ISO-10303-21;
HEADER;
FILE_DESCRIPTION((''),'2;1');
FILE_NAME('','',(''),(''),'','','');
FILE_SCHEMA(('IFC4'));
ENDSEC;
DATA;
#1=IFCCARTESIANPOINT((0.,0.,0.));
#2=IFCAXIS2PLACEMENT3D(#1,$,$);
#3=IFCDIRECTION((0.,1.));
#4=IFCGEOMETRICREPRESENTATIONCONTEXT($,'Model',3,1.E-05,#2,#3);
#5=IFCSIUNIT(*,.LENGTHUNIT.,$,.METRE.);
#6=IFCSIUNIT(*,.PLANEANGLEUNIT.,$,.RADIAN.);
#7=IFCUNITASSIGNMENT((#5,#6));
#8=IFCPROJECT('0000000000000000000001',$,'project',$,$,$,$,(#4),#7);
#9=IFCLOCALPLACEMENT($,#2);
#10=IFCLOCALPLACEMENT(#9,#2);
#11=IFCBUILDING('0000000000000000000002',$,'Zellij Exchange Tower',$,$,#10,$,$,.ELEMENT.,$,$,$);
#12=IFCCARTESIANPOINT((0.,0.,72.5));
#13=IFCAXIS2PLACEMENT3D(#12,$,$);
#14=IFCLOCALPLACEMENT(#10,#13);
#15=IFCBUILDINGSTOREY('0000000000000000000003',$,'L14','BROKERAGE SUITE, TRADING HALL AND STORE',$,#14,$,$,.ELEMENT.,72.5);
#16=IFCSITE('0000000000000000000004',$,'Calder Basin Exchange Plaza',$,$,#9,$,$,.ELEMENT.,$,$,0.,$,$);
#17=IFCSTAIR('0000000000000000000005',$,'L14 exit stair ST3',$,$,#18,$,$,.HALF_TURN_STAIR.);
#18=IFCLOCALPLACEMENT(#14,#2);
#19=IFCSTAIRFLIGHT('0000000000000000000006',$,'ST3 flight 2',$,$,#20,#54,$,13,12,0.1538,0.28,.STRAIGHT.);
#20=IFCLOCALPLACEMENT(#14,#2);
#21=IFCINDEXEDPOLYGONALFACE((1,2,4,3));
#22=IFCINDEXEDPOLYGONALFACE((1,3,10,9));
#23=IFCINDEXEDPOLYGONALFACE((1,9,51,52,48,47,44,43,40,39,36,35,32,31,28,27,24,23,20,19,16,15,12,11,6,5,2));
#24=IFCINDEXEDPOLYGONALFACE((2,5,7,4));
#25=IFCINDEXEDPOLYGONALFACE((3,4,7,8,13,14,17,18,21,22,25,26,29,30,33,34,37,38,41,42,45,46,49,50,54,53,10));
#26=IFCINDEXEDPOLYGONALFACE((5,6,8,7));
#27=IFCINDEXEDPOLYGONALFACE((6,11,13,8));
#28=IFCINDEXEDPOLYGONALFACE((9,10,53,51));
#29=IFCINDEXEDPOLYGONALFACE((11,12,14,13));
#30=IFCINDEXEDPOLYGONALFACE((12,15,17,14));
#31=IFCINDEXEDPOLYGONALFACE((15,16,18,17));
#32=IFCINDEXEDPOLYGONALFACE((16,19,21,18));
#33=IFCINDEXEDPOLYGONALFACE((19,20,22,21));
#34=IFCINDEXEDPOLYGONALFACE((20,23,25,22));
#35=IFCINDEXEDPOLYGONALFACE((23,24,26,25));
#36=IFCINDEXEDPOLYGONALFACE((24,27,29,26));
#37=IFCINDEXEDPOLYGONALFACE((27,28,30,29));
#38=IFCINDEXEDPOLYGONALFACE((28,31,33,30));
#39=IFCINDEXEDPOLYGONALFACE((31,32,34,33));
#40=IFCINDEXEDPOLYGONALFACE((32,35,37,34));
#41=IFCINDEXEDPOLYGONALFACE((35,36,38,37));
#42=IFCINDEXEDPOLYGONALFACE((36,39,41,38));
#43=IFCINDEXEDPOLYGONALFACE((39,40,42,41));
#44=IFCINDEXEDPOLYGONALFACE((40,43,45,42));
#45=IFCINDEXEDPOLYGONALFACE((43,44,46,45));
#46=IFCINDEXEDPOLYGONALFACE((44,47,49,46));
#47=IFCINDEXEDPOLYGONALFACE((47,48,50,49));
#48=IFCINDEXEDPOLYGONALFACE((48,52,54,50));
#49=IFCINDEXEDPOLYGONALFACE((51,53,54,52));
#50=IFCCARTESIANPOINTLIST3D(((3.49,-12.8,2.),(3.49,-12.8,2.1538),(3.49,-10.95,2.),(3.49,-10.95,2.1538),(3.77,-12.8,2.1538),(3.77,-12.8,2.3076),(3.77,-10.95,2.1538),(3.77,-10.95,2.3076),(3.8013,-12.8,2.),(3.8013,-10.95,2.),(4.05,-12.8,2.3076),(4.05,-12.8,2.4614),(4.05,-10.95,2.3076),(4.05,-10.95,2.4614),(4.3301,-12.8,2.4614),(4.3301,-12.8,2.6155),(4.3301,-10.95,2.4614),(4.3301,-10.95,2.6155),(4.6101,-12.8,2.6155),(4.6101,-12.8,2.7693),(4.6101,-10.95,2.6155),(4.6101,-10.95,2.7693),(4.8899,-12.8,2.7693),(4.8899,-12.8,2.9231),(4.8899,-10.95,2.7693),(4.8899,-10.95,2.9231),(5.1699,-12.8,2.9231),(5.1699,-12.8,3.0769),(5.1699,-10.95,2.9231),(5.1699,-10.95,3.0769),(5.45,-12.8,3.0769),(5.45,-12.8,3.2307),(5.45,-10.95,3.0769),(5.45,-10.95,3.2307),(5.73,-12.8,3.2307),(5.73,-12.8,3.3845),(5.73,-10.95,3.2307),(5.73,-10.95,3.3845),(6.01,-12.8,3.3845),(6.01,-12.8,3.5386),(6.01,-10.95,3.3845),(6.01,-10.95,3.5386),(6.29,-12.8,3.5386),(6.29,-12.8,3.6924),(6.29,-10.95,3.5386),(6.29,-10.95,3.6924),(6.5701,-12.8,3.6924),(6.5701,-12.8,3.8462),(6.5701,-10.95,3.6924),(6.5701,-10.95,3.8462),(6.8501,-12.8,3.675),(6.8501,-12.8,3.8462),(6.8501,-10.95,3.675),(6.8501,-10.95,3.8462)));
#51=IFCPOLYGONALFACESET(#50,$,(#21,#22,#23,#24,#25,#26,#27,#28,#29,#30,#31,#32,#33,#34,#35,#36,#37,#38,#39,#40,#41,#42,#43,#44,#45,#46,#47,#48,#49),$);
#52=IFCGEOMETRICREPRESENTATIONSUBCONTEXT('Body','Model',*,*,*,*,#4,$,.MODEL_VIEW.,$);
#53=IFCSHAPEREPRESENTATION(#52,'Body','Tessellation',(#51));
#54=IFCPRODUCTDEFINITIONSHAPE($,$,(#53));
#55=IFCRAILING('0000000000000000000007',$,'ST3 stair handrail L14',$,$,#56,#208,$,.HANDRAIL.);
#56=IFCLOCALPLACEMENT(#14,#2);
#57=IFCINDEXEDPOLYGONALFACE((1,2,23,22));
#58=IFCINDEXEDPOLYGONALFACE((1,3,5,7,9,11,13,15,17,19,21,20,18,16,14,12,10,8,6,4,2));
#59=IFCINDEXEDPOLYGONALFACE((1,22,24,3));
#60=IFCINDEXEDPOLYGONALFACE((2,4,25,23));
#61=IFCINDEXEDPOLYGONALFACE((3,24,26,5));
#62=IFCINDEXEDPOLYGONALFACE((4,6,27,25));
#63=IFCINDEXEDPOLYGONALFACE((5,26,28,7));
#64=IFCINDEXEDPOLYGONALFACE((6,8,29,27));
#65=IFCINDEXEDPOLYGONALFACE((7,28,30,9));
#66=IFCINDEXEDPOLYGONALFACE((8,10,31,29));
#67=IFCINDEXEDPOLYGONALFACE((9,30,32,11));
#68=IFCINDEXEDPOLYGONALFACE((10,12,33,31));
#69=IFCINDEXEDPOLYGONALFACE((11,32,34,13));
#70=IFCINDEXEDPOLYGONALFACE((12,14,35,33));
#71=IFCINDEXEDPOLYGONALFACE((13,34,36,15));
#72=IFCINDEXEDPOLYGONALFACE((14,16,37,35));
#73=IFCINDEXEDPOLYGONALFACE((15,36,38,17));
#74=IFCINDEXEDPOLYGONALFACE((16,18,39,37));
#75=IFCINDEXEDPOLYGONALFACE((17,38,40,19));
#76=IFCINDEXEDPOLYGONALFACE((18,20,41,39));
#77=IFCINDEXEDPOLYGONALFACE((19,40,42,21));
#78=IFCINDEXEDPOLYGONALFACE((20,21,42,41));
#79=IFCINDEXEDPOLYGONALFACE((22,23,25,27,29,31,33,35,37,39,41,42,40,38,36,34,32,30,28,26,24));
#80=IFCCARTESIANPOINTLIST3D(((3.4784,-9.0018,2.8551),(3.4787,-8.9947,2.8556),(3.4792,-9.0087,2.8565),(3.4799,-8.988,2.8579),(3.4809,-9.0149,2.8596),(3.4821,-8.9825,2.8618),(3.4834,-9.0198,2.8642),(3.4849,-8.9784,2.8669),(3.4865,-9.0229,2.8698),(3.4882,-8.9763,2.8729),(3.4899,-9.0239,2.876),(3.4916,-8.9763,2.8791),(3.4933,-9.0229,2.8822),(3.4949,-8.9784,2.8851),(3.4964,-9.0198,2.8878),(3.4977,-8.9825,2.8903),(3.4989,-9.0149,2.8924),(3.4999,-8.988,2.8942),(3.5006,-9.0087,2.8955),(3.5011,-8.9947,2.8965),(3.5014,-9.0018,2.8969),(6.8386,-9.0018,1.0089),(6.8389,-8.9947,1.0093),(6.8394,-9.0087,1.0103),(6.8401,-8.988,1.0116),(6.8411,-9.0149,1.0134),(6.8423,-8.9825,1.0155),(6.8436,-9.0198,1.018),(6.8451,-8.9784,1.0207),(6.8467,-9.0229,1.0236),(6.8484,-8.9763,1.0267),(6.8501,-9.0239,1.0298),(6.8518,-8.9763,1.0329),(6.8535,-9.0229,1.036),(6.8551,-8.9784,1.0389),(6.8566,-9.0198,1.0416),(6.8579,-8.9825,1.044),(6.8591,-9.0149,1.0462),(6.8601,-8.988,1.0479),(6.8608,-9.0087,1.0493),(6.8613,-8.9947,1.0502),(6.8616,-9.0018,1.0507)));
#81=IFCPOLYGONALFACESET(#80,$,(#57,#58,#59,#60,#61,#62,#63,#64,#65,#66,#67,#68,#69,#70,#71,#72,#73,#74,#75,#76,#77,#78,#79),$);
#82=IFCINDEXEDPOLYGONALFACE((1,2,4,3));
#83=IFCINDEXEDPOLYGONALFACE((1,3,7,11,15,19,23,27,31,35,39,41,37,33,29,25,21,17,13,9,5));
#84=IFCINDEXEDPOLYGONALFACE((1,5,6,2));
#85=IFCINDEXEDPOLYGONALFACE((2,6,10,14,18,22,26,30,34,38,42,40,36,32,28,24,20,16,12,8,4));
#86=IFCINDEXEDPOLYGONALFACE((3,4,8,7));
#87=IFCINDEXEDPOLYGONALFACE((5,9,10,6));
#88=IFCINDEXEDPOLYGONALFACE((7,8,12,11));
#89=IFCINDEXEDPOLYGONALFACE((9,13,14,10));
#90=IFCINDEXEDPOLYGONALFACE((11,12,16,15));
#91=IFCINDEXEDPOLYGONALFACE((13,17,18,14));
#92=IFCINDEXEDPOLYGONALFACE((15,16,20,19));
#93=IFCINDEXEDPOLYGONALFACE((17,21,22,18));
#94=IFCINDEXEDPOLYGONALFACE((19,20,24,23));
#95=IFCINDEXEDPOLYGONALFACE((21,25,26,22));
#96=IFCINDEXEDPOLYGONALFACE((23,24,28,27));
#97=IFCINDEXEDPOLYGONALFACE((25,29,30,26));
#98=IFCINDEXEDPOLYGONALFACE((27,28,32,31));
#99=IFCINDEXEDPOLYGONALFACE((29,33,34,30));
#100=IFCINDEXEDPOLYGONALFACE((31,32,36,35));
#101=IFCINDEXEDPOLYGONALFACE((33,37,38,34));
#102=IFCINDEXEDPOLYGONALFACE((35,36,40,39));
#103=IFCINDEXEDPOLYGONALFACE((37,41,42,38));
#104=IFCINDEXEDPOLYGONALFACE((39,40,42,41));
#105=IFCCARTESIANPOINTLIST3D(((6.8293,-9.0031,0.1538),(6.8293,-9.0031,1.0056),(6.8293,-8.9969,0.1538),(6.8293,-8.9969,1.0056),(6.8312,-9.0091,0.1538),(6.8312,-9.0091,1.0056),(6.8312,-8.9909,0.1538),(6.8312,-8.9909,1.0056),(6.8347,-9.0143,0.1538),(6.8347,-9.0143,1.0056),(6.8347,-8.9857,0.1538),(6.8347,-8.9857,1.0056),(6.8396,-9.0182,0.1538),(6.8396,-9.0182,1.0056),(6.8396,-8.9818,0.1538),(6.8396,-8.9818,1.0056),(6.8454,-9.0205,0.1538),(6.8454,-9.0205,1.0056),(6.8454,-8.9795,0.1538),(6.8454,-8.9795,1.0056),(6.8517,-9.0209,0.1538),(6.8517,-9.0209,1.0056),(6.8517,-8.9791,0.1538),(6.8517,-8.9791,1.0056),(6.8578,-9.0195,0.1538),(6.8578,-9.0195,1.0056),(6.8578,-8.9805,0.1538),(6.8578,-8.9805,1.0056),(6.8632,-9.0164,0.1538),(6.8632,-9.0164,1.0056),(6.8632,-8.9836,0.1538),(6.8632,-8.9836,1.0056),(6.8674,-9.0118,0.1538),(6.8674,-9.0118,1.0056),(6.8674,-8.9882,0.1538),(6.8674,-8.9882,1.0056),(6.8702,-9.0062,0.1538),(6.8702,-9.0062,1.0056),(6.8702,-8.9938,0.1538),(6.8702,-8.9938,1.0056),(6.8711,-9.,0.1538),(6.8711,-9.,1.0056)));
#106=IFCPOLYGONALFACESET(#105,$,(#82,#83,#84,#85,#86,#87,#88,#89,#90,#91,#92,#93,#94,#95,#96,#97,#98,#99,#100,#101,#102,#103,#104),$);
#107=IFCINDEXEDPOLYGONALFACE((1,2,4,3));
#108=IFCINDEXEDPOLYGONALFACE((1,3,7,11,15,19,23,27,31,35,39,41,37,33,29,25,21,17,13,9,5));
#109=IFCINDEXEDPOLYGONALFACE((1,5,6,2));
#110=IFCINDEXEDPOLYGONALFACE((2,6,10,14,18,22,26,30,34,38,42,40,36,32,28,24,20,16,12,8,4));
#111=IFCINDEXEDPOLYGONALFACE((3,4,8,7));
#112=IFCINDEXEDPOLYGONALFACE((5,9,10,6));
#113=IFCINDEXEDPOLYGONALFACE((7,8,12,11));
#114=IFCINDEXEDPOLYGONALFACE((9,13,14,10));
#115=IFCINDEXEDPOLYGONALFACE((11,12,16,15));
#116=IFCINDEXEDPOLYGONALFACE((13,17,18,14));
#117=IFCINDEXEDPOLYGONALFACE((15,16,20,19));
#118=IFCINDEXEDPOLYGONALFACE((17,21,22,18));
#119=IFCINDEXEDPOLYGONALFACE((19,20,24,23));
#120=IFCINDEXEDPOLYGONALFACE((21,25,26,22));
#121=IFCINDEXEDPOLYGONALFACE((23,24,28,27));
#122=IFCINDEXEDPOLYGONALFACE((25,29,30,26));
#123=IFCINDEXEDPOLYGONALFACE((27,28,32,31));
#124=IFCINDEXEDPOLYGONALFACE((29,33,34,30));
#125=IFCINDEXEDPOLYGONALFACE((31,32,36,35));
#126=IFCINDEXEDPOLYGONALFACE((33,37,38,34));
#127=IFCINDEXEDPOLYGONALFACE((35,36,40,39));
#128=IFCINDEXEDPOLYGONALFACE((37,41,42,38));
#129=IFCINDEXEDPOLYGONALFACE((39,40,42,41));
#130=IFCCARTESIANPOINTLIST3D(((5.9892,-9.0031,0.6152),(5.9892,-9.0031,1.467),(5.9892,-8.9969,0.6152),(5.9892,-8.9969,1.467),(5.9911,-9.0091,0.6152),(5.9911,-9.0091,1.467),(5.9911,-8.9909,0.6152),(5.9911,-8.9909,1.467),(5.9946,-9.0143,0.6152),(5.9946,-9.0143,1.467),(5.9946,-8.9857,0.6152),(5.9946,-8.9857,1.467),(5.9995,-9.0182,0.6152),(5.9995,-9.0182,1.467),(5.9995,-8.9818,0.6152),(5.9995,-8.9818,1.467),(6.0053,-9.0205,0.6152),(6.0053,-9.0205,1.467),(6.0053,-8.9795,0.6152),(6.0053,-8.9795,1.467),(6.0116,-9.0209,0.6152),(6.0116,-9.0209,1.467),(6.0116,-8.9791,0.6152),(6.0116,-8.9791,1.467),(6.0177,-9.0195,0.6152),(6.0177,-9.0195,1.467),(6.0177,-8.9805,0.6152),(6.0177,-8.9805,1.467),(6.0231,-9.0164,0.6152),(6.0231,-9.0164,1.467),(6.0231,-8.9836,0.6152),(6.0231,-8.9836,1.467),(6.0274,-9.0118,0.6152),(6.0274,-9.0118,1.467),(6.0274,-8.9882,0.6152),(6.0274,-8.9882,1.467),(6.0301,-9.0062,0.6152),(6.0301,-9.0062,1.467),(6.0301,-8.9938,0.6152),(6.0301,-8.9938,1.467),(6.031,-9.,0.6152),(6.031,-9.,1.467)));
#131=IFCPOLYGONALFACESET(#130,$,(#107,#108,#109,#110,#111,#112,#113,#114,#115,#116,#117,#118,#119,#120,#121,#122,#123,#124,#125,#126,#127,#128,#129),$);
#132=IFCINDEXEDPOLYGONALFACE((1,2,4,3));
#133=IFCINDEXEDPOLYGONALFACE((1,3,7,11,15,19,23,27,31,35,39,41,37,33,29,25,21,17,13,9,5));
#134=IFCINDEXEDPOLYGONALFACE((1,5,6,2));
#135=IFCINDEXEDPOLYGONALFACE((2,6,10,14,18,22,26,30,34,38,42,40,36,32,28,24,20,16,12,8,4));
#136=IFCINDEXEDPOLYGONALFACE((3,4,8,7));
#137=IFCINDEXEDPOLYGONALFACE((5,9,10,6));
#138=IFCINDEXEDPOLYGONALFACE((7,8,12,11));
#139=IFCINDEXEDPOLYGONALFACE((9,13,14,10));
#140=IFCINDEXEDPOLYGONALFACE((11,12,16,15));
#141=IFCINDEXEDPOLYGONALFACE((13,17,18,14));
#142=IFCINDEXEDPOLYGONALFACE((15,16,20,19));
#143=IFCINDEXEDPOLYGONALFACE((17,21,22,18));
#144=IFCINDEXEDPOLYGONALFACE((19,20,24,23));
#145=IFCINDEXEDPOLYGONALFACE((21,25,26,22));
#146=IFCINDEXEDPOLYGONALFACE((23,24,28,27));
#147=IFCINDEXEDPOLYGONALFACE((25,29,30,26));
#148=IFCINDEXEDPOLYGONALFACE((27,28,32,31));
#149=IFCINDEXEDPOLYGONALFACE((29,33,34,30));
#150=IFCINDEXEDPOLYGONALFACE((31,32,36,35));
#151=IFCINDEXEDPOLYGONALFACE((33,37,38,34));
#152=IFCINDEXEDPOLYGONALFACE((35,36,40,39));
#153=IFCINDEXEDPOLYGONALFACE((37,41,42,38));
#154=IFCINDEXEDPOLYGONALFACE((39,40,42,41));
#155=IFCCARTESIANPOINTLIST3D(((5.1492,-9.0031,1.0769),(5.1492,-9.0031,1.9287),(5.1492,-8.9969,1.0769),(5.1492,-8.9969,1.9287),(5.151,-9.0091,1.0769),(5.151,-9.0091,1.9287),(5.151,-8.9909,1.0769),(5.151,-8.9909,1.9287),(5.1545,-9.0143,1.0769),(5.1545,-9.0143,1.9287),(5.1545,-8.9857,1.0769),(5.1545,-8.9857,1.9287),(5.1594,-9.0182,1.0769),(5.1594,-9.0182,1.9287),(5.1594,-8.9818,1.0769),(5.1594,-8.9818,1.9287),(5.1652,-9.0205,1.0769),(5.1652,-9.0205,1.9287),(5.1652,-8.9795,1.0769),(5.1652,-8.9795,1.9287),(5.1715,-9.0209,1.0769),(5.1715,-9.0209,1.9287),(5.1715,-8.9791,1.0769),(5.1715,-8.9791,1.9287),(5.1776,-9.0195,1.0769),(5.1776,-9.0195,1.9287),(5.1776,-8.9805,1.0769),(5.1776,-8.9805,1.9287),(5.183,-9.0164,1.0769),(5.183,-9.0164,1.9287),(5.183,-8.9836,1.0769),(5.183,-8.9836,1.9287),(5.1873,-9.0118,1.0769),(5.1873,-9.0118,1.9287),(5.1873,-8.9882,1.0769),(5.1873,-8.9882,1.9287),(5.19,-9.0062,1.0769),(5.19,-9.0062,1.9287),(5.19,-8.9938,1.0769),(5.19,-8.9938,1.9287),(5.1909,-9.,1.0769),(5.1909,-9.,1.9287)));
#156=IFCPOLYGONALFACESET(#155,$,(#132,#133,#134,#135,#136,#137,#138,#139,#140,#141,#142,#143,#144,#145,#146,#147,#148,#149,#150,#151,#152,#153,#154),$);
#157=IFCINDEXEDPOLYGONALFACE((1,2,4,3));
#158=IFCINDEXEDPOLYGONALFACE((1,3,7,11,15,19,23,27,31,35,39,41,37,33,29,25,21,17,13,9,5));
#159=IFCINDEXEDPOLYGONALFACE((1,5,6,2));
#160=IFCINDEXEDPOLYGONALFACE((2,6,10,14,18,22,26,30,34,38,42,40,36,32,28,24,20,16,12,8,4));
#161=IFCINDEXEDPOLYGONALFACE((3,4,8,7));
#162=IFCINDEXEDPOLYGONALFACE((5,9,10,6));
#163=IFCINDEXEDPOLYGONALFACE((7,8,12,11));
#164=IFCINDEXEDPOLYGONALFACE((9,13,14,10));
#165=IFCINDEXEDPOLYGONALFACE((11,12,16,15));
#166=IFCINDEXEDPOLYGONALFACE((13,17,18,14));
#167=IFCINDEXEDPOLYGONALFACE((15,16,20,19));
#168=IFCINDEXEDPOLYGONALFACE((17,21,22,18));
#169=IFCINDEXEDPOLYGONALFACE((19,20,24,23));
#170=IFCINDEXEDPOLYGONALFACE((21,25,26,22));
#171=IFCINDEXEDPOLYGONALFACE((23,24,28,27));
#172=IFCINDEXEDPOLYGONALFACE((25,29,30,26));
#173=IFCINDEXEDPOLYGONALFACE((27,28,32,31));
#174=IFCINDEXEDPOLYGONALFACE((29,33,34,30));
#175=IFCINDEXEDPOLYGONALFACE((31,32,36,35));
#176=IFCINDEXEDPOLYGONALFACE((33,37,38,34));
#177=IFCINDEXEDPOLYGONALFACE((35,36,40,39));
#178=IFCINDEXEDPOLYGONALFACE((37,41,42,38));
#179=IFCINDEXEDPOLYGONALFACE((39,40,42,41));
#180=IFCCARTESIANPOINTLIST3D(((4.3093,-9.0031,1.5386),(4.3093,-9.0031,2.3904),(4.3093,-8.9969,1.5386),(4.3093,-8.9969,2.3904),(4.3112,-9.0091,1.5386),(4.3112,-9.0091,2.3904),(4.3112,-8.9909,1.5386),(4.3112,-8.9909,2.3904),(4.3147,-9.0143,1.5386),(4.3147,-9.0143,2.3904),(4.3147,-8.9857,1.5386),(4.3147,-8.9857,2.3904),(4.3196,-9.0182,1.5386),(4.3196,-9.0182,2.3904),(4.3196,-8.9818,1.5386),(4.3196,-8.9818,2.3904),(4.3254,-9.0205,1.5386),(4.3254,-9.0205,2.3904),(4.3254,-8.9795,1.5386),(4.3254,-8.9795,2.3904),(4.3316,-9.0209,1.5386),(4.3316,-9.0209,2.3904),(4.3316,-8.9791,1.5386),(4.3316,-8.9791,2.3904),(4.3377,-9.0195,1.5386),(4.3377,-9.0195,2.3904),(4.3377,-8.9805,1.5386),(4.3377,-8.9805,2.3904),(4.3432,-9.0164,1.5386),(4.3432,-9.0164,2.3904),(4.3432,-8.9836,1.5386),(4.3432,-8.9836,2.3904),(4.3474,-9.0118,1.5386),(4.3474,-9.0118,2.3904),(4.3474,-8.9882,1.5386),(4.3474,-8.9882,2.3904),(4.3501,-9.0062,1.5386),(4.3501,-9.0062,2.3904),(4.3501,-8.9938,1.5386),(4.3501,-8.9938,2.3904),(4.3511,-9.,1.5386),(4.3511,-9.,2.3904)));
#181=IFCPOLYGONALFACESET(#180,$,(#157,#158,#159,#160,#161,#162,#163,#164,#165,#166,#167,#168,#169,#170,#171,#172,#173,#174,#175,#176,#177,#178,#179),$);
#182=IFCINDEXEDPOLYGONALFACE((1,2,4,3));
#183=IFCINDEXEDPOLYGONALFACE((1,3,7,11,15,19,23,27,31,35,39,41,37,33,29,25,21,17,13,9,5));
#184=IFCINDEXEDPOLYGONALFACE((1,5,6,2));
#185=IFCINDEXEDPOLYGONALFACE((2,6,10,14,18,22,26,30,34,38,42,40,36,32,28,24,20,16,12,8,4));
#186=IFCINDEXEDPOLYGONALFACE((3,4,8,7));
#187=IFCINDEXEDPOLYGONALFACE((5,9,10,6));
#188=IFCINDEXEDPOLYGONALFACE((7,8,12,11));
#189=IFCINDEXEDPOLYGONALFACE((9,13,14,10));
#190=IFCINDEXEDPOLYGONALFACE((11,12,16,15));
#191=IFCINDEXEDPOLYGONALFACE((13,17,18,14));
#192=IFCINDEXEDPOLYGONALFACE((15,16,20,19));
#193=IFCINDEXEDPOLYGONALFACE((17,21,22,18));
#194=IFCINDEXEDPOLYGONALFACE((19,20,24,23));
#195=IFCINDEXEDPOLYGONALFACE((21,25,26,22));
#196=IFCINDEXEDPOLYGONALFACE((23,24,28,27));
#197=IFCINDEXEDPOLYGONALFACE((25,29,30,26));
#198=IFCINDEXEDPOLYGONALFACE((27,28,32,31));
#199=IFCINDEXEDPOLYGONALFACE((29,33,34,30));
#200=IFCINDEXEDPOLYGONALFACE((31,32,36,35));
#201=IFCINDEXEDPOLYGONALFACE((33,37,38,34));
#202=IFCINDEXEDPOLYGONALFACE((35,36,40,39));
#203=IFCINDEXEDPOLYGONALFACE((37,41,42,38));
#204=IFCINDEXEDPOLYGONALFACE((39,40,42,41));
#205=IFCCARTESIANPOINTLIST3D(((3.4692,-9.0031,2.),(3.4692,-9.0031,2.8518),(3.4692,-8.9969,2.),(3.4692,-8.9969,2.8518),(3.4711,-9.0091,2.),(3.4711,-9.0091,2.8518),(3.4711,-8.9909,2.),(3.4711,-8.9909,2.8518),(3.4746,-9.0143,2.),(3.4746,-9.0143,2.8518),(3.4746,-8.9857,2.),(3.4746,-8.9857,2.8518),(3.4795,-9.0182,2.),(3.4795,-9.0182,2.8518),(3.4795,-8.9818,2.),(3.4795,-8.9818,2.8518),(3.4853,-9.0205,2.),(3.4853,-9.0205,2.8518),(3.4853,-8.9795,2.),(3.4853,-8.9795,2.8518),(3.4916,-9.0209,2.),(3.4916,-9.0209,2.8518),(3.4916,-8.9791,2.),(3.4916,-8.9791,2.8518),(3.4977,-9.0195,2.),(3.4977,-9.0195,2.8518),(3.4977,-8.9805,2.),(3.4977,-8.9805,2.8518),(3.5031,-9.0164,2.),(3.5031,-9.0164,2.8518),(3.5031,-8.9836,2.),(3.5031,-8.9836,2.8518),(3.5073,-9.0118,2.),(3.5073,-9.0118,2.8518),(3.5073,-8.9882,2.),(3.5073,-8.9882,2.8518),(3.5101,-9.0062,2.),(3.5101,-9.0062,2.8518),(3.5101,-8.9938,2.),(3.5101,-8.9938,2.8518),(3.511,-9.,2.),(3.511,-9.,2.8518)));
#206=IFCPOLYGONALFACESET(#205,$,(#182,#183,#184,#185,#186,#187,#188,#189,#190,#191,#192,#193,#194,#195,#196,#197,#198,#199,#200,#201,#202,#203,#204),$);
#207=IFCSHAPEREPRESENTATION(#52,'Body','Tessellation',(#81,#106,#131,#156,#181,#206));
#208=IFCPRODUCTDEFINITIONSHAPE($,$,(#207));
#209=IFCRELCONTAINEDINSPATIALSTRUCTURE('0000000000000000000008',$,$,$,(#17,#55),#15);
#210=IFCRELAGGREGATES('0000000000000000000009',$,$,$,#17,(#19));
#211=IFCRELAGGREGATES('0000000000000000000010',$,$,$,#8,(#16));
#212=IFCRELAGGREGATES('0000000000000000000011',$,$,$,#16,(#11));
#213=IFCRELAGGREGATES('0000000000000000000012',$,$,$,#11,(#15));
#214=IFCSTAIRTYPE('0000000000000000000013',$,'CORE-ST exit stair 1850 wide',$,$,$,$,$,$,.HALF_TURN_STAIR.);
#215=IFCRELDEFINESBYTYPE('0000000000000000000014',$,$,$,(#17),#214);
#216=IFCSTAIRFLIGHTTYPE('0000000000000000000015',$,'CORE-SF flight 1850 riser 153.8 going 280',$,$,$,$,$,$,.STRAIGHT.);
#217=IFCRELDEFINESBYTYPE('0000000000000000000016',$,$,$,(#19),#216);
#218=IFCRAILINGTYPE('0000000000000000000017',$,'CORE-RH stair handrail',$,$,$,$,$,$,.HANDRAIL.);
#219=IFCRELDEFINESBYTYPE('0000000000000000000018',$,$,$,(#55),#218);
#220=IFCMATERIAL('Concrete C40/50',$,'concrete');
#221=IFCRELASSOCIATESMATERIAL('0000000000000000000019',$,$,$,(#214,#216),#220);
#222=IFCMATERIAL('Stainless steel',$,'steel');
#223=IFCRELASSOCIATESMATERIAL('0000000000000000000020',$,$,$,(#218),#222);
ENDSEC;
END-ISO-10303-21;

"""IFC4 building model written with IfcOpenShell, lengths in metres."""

from ifc_helpers import new_model, si_unit, direction, frame, origin, origin_2d, place, context, subcontext, project, spatial, polyline, circle, outline, extrude, material, type_object, element, aggregate, save


model = new_model("IFC4")

# Units and contexts
model_context = context("Model", 3, precision=1e-05, world=origin(), true_north=direction((0.0, 1.0)))
body_context = subcontext(model_context, "Body", "Model", "MODEL_VIEW")
ifc_project = project(units=[si_unit("LENGTHUNIT", "METRE"), si_unit("PLANEANGLEUNIT", "RADIAN")], contexts=[model_context])

# Site, building, storey
site_placement = place(None, origin())
site = spatial("IfcSite", under=ifc_project, at=site_placement, Name="Calder Basin Exchange Plaza", CompositionType="ELEMENT", RefElevation=0.0)
building_placement = place(site_placement, origin())
building = spatial("IfcBuilding", under=site, at=building_placement, Name="Zellij Exchange Tower", CompositionType="ELEMENT")
storey_placement = place(building_placement, frame((0.0, 0.0, 72.5)))
storey = spatial("IfcBuildingStorey", under=building, at=storey_placement, Name="L14", Description="BROKERAGE SUITE, TRADING HALL AND STORE", CompositionType="ELEMENT", Elevation=72.5)

# Stair, stair flight
ifc_material_1 = material(Name="Concrete C40/50", Category="concrete")
stair_type = type_object("IfcStairType", Name="CORE-ST exit stair 1850 wide", PredefinedType="HALF_TURN_STAIR", material=ifc_material_1)
stair_placement = place(storey_placement, origin())
stair = element("IfcStair", 1, at=stair_placement, inside=storey, type_object=stair_type, Name="L14 exit stair ST3", PredefinedType="HALF_TURN_STAIR")
stair_flight_type = type_object("IfcStairFlightType", Name="CORE-SF flight 1850 riser 153.8 going 280", PredefinedType="STRAIGHT", material=ifc_material_1)
stair_flight_1_placement = place(storey_placement, frame((3.49, -11.875, 2.0), z_axis=(0.0, 0.0, 1.0), x_axis=(1.0, 0.0, 0.0)))
stair_flight_1 = element("IfcStairFlight", 2, at=stair_flight_1_placement, type_object=stair_flight_type, Name="ST3 flight 2", NumberOfRisers=13, NumberOfTreads=12, PredefinedType="STRAIGHT", RiserHeight=0.1538, TreadLength=0.28, context=body_context, shape_type="SweptSolid", body=[
    extrude(outline(polyline([(0.0, 0.0), (0.0, 0.1538), (0.28, 0.1538), (0.28, 0.3076), (0.5601, 0.3076), (0.5601, 0.4614), (0.8401, 0.4614), (0.8401, 0.6155), (1.1201, 0.6155), (1.1201, 0.7693), (1.3999, 0.7693), (1.3999, 0.9231), (1.6799, 0.9231), (1.6799, 1.0769), (1.96, 1.0769), (1.96, 1.2307), (2.24, 1.2307), (2.24, 1.3845), (2.52, 1.3845), (2.52, 1.5386), (2.8, 1.5386), (2.8, 1.6924), (3.0801, 1.6924), (3.0801, 1.8462), (3.3601, 1.8462), (3.3601, 2.0), (3.3601, 1.675), (0.3113, 0.0), (0.0, 0.0)])), frame((0.0, 0.925, 0.0), z_axis=(0.0, -1.0, 0.0), x_axis=(1.0, 0.0, 0.0)), (0.0, 0.0, 1.0), 1.8501),
])
aggregate(stair, [stair_flight_1])

# Railing
ifc_material_2 = material(Name="Stainless steel", Category="steel")
railing_type_1 = type_object("IfcRailingType", Name="CORE-RH stair handrail", PredefinedType="HANDRAIL", material=ifc_material_2)
railing_1_placement = place(storey_placement, frame((6.8501, -9.0, 0.1538)))
element("IfcRailing", 3, at=railing_1_placement, inside=storey, type_object=railing_type_1, Name="ST3 stair handrail L14", PredefinedType="HANDRAIL", context=body_context, shape_type="SweptSolid", body=[
    extrude(circle(Radius=0.0239, at=origin_2d()), frame((0.0, 0.0, 0.876), z_axis=(-0.876422, 0.0, 0.481545), x_axis=(0.0, -1.0, 0.0)), (0.0, 0.0, 1.0), 3.834),
    extrude(circle(Radius=0.021, at=origin_2d()), origin(), (0.0, 0.0, 1.0), 0.8518),
    extrude(circle(Radius=0.021, at=origin_2d()), frame((-0.8401, 0.0, 0.4614)), (0.0, 0.0, 1.0), 0.8518),
    extrude(circle(Radius=0.021, at=origin_2d()), frame((-1.6802, 0.0, 0.9231)), (0.0, 0.0, 1.0), 0.8518),
    extrude(circle(Radius=0.021, at=origin_2d()), frame((-2.52, 0.0, 1.3848)), (0.0, 0.0, 1.0), 0.8518),
    extrude(circle(Radius=0.021, at=origin_2d()), frame((-3.3601, 0.0, 1.8462)), (0.0, 0.0, 1.0), 0.8518),
])

save(model, "model.ifc")
